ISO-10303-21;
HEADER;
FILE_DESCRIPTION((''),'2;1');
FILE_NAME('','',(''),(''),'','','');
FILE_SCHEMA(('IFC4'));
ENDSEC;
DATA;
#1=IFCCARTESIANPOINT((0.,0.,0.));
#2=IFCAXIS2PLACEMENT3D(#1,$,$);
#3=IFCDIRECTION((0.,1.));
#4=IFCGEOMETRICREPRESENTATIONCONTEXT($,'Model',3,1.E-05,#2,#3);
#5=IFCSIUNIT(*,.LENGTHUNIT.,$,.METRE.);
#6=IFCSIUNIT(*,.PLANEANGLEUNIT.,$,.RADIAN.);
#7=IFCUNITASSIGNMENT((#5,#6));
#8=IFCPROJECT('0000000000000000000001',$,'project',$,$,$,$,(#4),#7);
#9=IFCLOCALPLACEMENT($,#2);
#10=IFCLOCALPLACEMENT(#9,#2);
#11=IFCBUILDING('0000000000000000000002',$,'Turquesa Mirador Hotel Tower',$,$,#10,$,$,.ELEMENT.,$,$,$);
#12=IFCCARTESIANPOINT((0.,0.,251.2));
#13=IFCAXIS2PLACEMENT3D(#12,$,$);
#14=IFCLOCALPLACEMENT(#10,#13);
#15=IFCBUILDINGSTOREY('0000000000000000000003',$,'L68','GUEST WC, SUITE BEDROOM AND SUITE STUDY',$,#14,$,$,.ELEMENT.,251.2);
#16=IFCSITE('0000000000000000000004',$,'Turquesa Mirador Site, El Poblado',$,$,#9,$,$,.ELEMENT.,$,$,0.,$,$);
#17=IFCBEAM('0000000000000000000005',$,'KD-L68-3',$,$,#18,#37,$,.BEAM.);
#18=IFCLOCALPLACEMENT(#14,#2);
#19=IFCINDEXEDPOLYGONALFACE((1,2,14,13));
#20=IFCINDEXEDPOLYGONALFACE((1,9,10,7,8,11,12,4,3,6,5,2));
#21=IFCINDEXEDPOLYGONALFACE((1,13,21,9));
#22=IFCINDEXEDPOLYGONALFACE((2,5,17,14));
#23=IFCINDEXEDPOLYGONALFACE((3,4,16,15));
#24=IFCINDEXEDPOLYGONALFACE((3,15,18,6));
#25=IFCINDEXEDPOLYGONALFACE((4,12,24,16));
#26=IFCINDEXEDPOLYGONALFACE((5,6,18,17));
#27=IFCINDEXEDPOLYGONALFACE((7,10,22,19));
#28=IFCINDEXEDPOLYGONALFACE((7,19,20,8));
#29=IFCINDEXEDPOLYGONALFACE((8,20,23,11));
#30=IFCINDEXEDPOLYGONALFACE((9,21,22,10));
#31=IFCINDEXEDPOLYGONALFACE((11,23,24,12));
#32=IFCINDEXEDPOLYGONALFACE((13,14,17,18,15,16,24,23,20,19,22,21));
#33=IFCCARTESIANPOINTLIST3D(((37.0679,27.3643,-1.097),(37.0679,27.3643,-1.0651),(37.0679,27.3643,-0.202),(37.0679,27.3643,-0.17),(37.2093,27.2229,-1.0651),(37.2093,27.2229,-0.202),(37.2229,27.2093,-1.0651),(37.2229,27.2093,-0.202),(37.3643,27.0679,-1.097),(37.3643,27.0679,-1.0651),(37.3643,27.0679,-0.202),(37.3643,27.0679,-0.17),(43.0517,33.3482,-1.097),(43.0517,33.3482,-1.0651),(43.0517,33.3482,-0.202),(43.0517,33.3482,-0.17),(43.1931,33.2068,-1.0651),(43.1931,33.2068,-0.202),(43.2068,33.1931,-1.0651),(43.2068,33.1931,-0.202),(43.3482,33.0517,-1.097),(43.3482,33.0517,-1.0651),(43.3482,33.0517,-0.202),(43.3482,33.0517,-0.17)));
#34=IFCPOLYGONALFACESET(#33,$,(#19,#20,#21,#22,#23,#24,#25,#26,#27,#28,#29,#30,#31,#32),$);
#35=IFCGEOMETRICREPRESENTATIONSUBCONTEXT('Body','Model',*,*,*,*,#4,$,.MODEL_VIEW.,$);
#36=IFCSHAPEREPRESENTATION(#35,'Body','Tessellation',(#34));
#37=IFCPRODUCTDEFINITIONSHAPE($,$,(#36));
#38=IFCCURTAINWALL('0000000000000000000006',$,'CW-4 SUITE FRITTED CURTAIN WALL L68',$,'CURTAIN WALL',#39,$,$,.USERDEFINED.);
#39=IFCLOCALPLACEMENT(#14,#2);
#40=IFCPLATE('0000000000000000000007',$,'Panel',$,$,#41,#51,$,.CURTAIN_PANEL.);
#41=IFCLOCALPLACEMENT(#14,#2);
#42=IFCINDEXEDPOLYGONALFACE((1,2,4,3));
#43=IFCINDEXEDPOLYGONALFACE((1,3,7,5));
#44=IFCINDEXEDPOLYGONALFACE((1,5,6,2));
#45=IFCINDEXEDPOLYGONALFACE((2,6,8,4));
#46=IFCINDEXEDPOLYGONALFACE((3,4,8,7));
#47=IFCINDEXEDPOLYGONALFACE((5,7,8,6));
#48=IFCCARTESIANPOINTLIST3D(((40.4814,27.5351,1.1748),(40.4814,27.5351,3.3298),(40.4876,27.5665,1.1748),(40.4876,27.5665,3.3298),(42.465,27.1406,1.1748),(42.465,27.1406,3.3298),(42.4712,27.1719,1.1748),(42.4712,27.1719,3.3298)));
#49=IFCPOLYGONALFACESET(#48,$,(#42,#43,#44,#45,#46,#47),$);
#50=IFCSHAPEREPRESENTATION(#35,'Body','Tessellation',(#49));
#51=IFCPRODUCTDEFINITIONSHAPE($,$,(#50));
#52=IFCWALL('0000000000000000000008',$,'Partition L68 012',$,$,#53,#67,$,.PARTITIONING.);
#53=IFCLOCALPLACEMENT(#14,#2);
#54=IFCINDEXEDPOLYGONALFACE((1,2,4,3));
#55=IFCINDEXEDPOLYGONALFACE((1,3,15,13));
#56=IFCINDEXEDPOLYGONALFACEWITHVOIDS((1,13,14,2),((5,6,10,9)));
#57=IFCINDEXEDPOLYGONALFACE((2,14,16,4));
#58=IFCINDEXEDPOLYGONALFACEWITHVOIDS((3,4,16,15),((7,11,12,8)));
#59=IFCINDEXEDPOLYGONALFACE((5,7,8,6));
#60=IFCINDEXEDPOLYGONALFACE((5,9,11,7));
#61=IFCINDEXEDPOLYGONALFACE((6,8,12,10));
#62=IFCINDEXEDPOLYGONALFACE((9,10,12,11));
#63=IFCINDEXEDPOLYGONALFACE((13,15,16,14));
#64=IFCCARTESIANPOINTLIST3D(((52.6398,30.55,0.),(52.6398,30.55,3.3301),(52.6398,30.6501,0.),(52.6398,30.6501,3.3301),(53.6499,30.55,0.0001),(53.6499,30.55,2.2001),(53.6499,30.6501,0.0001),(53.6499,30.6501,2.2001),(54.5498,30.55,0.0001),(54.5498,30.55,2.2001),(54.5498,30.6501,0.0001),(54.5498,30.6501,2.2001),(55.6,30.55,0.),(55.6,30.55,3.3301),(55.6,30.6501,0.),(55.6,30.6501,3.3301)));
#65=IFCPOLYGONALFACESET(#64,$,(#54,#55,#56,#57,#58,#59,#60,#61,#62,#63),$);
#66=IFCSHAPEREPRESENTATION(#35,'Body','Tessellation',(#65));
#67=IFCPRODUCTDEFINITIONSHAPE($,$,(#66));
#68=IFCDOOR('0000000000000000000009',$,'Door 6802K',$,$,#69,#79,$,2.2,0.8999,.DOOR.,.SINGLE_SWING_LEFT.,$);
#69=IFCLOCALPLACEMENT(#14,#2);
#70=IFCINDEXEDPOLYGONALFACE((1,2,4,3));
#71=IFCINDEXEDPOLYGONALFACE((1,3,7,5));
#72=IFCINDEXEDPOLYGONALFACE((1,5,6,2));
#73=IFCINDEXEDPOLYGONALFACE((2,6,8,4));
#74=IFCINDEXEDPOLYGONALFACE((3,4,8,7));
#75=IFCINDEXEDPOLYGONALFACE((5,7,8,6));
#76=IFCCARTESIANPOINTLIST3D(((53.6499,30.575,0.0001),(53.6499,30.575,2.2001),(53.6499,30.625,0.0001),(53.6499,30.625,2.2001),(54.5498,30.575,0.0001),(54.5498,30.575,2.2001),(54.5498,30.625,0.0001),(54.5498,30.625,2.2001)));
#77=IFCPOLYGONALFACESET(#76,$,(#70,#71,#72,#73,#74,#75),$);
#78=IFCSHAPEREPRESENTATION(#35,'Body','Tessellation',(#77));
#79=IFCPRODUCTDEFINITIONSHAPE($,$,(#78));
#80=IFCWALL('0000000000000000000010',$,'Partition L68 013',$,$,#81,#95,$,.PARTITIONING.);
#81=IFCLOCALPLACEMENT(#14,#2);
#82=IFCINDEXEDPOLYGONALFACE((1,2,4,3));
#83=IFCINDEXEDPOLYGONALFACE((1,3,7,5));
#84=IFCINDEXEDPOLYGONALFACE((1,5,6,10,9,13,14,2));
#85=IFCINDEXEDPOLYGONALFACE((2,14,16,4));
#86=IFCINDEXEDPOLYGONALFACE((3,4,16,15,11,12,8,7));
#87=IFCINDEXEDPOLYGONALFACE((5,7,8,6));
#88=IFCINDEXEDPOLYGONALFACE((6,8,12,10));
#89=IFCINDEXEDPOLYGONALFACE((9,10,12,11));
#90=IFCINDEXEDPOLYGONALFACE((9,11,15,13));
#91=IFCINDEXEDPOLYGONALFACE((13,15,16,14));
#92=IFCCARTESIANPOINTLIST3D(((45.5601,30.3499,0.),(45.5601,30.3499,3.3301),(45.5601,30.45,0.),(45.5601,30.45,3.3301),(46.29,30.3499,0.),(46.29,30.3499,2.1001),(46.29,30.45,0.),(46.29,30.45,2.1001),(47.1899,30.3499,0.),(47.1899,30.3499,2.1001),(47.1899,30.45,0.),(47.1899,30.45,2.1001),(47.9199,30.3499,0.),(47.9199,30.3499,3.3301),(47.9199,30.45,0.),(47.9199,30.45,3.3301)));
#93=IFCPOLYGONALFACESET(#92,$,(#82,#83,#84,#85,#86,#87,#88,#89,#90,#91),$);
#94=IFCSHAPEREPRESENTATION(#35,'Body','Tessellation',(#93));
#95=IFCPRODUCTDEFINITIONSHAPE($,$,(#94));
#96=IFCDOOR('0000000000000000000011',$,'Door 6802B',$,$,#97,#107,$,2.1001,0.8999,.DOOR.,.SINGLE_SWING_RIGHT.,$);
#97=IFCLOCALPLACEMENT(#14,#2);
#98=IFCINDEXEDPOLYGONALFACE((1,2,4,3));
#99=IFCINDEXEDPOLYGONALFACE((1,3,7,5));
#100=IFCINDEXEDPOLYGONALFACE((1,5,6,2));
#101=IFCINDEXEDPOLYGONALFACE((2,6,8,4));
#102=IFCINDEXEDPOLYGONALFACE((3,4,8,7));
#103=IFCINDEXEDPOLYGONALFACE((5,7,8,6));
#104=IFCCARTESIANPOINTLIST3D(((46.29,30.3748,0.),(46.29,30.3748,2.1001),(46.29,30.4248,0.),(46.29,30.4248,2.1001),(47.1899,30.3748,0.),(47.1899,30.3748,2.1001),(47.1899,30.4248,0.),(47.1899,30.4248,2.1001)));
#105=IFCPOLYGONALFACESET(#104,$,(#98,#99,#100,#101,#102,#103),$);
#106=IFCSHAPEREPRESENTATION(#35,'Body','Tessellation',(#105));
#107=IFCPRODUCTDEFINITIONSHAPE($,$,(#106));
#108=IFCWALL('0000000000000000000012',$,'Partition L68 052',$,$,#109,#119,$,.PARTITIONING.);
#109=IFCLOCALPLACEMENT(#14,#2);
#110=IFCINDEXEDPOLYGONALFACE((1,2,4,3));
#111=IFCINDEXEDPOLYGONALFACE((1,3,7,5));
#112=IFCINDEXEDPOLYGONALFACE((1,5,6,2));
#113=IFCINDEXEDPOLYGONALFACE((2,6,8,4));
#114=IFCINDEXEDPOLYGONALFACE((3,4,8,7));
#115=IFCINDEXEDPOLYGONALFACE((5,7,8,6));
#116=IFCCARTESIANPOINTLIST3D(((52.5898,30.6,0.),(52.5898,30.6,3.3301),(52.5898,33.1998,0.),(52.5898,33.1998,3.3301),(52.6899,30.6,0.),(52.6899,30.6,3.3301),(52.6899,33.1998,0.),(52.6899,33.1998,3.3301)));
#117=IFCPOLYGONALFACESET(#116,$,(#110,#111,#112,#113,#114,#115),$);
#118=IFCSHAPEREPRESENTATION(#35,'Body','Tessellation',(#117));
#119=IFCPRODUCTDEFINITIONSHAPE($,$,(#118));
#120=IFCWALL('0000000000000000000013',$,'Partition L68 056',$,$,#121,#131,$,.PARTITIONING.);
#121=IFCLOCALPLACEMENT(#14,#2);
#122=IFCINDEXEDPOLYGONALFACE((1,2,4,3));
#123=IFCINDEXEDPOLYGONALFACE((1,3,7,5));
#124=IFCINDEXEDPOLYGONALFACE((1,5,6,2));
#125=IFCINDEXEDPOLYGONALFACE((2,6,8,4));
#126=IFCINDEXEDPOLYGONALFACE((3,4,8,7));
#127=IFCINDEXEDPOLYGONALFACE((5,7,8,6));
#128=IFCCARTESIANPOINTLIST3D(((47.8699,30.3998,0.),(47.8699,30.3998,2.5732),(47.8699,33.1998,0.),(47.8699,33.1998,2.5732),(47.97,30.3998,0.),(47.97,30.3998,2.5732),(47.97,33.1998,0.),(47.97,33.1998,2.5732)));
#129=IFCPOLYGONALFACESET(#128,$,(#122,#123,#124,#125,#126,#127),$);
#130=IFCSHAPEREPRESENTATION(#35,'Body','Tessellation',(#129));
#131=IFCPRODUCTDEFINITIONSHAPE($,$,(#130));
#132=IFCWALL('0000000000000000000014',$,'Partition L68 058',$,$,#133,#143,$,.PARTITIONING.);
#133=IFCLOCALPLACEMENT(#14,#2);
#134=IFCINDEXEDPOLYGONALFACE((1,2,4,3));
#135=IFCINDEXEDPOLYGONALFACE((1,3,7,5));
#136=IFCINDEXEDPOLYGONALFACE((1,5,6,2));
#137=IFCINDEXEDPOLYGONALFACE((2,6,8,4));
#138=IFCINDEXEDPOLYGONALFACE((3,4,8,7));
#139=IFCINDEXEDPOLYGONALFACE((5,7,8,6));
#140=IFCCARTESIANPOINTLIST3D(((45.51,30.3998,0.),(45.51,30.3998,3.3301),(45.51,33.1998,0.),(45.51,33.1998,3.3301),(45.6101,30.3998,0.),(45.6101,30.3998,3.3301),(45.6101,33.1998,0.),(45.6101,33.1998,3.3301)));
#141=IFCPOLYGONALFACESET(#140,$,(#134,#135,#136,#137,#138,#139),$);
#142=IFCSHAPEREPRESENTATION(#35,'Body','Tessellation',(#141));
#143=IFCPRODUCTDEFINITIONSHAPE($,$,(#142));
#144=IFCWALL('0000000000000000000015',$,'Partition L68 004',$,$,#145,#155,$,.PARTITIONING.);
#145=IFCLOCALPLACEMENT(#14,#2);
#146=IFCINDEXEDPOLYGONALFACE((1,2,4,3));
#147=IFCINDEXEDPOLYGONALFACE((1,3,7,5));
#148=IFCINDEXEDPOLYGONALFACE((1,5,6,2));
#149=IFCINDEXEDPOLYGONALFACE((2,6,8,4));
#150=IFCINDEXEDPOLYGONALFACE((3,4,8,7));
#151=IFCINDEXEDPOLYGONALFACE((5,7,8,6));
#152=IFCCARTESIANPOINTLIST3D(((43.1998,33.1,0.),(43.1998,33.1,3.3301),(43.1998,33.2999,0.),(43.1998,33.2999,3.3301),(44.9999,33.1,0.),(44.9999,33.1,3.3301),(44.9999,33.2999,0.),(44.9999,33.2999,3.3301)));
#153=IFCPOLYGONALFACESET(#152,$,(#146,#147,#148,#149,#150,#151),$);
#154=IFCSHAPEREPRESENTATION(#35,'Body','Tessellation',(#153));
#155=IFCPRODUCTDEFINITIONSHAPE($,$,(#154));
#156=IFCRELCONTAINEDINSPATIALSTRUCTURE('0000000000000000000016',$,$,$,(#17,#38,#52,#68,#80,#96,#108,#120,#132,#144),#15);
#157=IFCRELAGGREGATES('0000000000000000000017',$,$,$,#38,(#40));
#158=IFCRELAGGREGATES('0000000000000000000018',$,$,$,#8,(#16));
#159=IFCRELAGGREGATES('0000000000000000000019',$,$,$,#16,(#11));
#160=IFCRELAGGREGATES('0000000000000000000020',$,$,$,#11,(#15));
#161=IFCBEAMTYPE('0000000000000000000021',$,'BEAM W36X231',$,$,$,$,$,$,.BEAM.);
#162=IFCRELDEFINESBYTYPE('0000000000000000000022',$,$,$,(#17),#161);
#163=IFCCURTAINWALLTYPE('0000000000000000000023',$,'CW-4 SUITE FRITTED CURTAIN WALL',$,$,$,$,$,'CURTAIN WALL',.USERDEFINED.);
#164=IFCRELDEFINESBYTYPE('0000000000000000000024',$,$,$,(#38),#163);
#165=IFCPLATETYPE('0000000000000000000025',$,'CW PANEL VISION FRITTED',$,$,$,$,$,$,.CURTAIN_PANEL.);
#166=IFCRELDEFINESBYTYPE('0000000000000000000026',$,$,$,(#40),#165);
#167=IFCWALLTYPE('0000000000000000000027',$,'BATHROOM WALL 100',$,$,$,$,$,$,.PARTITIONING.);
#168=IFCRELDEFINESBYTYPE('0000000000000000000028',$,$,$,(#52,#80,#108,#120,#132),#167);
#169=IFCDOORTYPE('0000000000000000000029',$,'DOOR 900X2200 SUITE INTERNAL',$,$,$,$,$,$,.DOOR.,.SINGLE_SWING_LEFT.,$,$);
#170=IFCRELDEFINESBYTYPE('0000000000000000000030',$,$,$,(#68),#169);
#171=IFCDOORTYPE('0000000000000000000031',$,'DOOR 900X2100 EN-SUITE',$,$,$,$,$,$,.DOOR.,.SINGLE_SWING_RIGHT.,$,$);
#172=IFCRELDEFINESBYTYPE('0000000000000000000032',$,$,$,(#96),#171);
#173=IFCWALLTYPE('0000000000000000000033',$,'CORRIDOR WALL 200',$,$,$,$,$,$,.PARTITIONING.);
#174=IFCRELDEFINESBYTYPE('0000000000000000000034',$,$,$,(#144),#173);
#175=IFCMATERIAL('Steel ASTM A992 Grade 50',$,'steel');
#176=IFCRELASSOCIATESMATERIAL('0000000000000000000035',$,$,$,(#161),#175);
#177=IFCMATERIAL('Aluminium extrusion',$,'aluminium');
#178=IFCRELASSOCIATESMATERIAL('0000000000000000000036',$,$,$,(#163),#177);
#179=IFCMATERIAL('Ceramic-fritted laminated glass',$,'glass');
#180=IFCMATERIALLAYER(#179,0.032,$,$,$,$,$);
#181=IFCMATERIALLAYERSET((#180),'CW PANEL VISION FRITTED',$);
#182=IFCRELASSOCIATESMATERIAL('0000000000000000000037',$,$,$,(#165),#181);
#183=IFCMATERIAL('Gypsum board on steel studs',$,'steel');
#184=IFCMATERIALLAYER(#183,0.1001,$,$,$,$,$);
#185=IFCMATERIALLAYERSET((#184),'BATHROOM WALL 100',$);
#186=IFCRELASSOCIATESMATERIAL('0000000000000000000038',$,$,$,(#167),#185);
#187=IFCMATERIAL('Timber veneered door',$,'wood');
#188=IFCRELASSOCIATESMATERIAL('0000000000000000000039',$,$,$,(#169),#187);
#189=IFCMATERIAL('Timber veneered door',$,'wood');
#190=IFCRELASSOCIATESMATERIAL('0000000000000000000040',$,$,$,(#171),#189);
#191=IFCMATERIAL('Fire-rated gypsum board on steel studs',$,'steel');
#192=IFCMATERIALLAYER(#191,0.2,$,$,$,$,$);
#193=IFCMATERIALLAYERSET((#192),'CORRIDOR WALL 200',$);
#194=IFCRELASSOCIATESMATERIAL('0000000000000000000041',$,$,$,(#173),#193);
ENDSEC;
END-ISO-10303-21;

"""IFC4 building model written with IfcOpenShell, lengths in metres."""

from ifc_helpers import new_model, si_unit, direction, frame, frame_2d, origin, origin_2d, place, context, subcontext, project, spatial, rectangle, i_section, extrude, material, layer, layer_set, material_profile, profile_set, type_object, element, fill, aggregate, save


model = new_model("IFC4")

# Units and contexts
model_context = context("Model", 3, precision=1e-05, world=origin(), true_north=direction((0.0, 1.0)))
body_context = subcontext(model_context, "Body", "Model", "MODEL_VIEW")
ifc_project = project(units=[si_unit("LENGTHUNIT", "METRE"), si_unit("PLANEANGLEUNIT", "RADIAN")], contexts=[model_context])

# Site, building, storey
site_placement = place(None, origin())
site = spatial("IfcSite", under=ifc_project, at=site_placement, Name="Turquesa Mirador Site, El Poblado", CompositionType="ELEMENT", RefElevation=0.0)
building_placement = place(site_placement, origin())
building = spatial("IfcBuilding", under=site, at=building_placement, Name="Turquesa Mirador Hotel Tower", CompositionType="ELEMENT")
storey_placement = place(building_placement, frame((0.0, 0.0, 251.2)))
storey = spatial("IfcBuildingStorey", under=building, at=storey_placement, Name="L68", Description="GUEST WC, SUITE BEDROOM AND SUITE STUDY", CompositionType="ELEMENT", Elevation=251.2)

# Beam
ifc_material_1 = material(Name="Steel ASTM A992 Grade 50", Category="steel")
ifc_material_profile_1 = material_profile(ifc_material_1, i_section(OverallWidth=0.4192, OverallDepth=0.927, WebThickness=0.0193, FlangeThickness=0.032, at=origin_2d()), Name="W36X231")
ifc_profile_set_1 = profile_set([ifc_material_profile_1], Name="Steel ASTM A992 Grade 50")
beam_type_1 = type_object("IfcBeamType", Name="BEAM W36X231", PredefinedType="BEAM", material=ifc_profile_set_1)
beam_1_placement = place(storey_placement, frame((43.2, 33.2, -0.6335), z_axis=(-0.707107, -0.707107, 0.0), x_axis=(0.707107, -0.707107, 0.0)))
element("IfcBeam", 1, at=beam_1_placement, inside=storey, type_object=beam_type_1, Name="KD-L68-3", PredefinedType="BEAM", context=body_context, shape_type="SweptSolid", body=[
    extrude(i_section(OverallWidth=0.4192, OverallDepth=0.927, WebThickness=0.0193, FlangeThickness=0.032, at=origin_2d()), origin(), (0.0, 0.0, 1.0), 8.4624),
])

# Curtain wall, plate
ifc_material_2 = material(Name="Aluminium extrusion", Category="aluminium")
curtain_wall_type = type_object("IfcCurtainWallType", Name="CW-4 SUITE FRITTED CURTAIN WALL", ElementType="CURTAIN WALL", PredefinedType="USERDEFINED", material=ifc_material_2)
curtain_wall_placement = place(storey_placement, origin())
curtain_wall = element("IfcCurtainWall", 2, at=curtain_wall_placement, inside=storey, type_object=curtain_wall_type, Name="CW-4 SUITE FRITTED CURTAIN WALL L68", ObjectType="CURTAIN WALL", PredefinedType="USERDEFINED")
ifc_material_3 = material(Name="Ceramic-fritted laminated glass", Category="glass")
ifc_layer_1 = layer(ifc_material_3, 0.032)
ifc_layer_set_1 = layer_set([ifc_layer_1], Name="CW PANEL VISION FRITTED")
plate_type = type_object("IfcPlateType", Name="CW PANEL VISION FRITTED", PredefinedType="CURTAIN_PANEL", material=ifc_layer_set_1)
plate_placement = place(storey_placement, frame((41.4763, 27.3535, 1.1748), z_axis=(0.0, 0.0, 1.0), x_axis=(0.980785, -0.195091, 0.0)))
plate = element("IfcPlate", 3, at=plate_placement, type_object=plate_type, Name="Panel", PredefinedType="CURTAIN_PANEL", context=body_context, shape_type="SweptSolid", body=[
    extrude(rectangle(XDim=2.0225, YDim=0.032, at=origin_2d()), origin(), (0.0, 0.0, 1.0), 2.155),
])
aggregate(curtain_wall, [plate])

# Walls, openings, doors
ifc_material_4 = material(Name="Gypsum board on steel studs", Category="steel")
ifc_layer_2 = layer(ifc_material_4, 0.1001)
ifc_layer_set_2 = layer_set([ifc_layer_2], Name="BATHROOM WALL 100")
wall_type_1 = type_object("IfcWallType", Name="BATHROOM WALL 100", PredefinedType="PARTITIONING", material=ifc_layer_set_2)
wall_1_placement = place(storey_placement, frame((52.6399, 30.6001, 0.0), z_axis=(0.0, 0.0, 1.0), x_axis=(1.0, 0.0, 0.0)))
wall_1 = element("IfcWall", 4, at=wall_1_placement, inside=storey, type_object=wall_type_1, Name="Partition L68 012", PredefinedType="PARTITIONING", context=body_context, shape_type="SweptSolid", body=[
    extrude(rectangle(XDim=2.9602, YDim=0.1001, at=frame_2d((1.48, 0.0))), origin(), (0.0, 0.0, 1.0), 3.3301),
])
opening_1_placement = place(wall_1_placement, frame((1.01, 0.0, 0.0)))
opening_1 = element("IfcOpeningElement", 5, at=opening_1_placement, cuts=wall_1, PredefinedType="OPENING", context=body_context, shape_type="SweptSolid", body=[
    extrude(rectangle(XDim=0.8999, YDim=2.2, at=frame_2d((0.45, 1.1001))), frame((0.0, 0.0601, 0.0), z_axis=(0.0, -1.0, 0.0), x_axis=(1.0, 0.0, 0.0)), (0.0, 0.0, 1.0), 0.1201),
])
ifc_material_5 = material(Name="Timber veneered door", Category="wood")
door_type_1 = type_object("IfcDoorType", Name="DOOR 900X2200 SUITE INTERNAL", OperationType="SINGLE_SWING_LEFT", PredefinedType="DOOR", material=ifc_material_5)
door_1_placement = place(opening_1_placement, origin())
door_1 = element("IfcDoor", 6, at=door_1_placement, inside=storey, type_object=door_type_1, Name="Door 6802K", OperationType="SINGLE_SWING_LEFT", OverallHeight=2.2, OverallWidth=0.8999, PredefinedType="DOOR", context=body_context, shape_type="SweptSolid", body=[
    extrude(rectangle(XDim=0.8999, YDim=2.2, at=frame_2d((0.45, 1.1001))), frame((0.0, 0.0249, 0.0), z_axis=(0.0, -1.0, 0.0), x_axis=(1.0, 0.0, 0.0)), (0.0, 0.0, 1.0), 0.05),
])
fill(opening_1, door_1)
wall_2_placement = place(storey_placement, frame((45.5601, 30.3999, 0.0), z_axis=(0.0, 0.0, 1.0), x_axis=(1.0, 0.0, 0.0)))
wall_2 = element("IfcWall", 7, at=wall_2_placement, inside=storey, type_object=wall_type_1, Name="Partition L68 013", PredefinedType="PARTITIONING", context=body_context, shape_type="SweptSolid", body=[
    extrude(rectangle(XDim=2.3599, YDim=0.1001, at=frame_2d((1.1799, 0.0))), origin(), (0.0, 0.0, 1.0), 3.3301),
])
opening_2_placement = place(wall_2_placement, frame((0.73, 0.0, 0.0)))
opening_2 = element("IfcOpeningElement", 8, at=opening_2_placement, cuts=wall_2, PredefinedType="OPENING", context=body_context, shape_type="SweptSolid", body=[
    extrude(rectangle(XDim=0.8999, YDim=2.1001, at=frame_2d((0.45, 1.05))), frame((0.0, 0.0601, 0.0), z_axis=(0.0, -1.0, 0.0), x_axis=(1.0, 0.0, 0.0)), (0.0, 0.0, 1.0), 0.1201),
])
ifc_material_6 = material(Name="Timber veneered door", Category="wood")
door_type_2 = type_object("IfcDoorType", Name="DOOR 900X2100 EN-SUITE", OperationType="SINGLE_SWING_RIGHT", PredefinedType="DOOR", material=ifc_material_6)
door_2_placement = place(opening_2_placement, origin())
door_2 = element("IfcDoor", 9, at=door_2_placement, inside=storey, type_object=door_type_2, Name="Door 6802B", OperationType="SINGLE_SWING_RIGHT", OverallHeight=2.1001, OverallWidth=0.8999, PredefinedType="DOOR", context=body_context, shape_type="SweptSolid", body=[
    extrude(rectangle(XDim=0.8999, YDim=2.1001, at=frame_2d((0.45, 1.05))), frame((0.0, 0.0249, 0.0), z_axis=(0.0, -1.0, 0.0), x_axis=(1.0, 0.0, 0.0)), (0.0, 0.0, 1.0), 0.05),
])
fill(opening_2, door_2)

# Walls
wall_3_placement = place(storey_placement, frame((52.6399, 30.6001, 0.0), z_axis=(0.0, 0.0, 1.0), x_axis=(0.0, 1.0, 0.0)))
element("IfcWall", 10, at=wall_3_placement, inside=storey, type_object=wall_type_1, Name="Partition L68 052", PredefinedType="PARTITIONING", context=body_context, shape_type="SweptSolid", body=[
    extrude(rectangle(XDim=2.5999, YDim=0.1001, at=frame_2d((1.2998, 0.0))), origin(), (0.0, 0.0, 1.0), 3.3301),
])
wall_4_placement = place(storey_placement, frame((47.9199, 30.3999, 0.0), z_axis=(0.0, 0.0, 1.0), x_axis=(0.0, 1.0, 0.0)))
element("IfcWall", 11, at=wall_4_placement, inside=storey, type_object=wall_type_1, Name="Partition L68 056", PredefinedType="PARTITIONING", context=body_context, shape_type="SweptSolid", body=[
    extrude(rectangle(XDim=2.8, YDim=0.1001, at=frame_2d((1.3999, 0.0))), origin(), (0.0, 0.0, 1.0), 2.5732),
])
wall_5_placement = place(storey_placement, frame((45.5601, 30.3999, 0.0), z_axis=(0.0, 0.0, 1.0), x_axis=(0.0, 1.0, 0.0)))
element("IfcWall", 12, at=wall_5_placement, inside=storey, type_object=wall_type_1, Name="Partition L68 058", PredefinedType="PARTITIONING", context=body_context, shape_type="SweptSolid", body=[
    extrude(rectangle(XDim=2.8, YDim=0.1001, at=frame_2d((1.3999, 0.0))), origin(), (0.0, 0.0, 1.0), 3.3301),
])
ifc_material_7 = material(Name="Fire-rated gypsum board on steel studs", Category="steel")
ifc_layer_3 = layer(ifc_material_7, 0.2)
ifc_layer_set_3 = layer_set([ifc_layer_3], Name="CORRIDOR WALL 200")
wall_type_2 = type_object("IfcWallType", Name="CORRIDOR WALL 200", PredefinedType="PARTITIONING", material=ifc_layer_set_3)
wall_6_placement = place(storey_placement, frame((43.2, 33.2, 0.0), z_axis=(0.0, 0.0, 1.0), x_axis=(1.0, 0.0, 0.0)))
element("IfcWall", 13, at=wall_6_placement, inside=storey, type_object=wall_type_2, Name="Partition L68 004", PredefinedType="PARTITIONING", context=body_context, shape_type="SweptSolid", body=[
    extrude(rectangle(XDim=1.8, YDim=0.2, at=frame_2d((0.8999, 0.0))), origin(), (0.0, 0.0, 1.0), 3.3301),
])

save(model, "model.ifc")
